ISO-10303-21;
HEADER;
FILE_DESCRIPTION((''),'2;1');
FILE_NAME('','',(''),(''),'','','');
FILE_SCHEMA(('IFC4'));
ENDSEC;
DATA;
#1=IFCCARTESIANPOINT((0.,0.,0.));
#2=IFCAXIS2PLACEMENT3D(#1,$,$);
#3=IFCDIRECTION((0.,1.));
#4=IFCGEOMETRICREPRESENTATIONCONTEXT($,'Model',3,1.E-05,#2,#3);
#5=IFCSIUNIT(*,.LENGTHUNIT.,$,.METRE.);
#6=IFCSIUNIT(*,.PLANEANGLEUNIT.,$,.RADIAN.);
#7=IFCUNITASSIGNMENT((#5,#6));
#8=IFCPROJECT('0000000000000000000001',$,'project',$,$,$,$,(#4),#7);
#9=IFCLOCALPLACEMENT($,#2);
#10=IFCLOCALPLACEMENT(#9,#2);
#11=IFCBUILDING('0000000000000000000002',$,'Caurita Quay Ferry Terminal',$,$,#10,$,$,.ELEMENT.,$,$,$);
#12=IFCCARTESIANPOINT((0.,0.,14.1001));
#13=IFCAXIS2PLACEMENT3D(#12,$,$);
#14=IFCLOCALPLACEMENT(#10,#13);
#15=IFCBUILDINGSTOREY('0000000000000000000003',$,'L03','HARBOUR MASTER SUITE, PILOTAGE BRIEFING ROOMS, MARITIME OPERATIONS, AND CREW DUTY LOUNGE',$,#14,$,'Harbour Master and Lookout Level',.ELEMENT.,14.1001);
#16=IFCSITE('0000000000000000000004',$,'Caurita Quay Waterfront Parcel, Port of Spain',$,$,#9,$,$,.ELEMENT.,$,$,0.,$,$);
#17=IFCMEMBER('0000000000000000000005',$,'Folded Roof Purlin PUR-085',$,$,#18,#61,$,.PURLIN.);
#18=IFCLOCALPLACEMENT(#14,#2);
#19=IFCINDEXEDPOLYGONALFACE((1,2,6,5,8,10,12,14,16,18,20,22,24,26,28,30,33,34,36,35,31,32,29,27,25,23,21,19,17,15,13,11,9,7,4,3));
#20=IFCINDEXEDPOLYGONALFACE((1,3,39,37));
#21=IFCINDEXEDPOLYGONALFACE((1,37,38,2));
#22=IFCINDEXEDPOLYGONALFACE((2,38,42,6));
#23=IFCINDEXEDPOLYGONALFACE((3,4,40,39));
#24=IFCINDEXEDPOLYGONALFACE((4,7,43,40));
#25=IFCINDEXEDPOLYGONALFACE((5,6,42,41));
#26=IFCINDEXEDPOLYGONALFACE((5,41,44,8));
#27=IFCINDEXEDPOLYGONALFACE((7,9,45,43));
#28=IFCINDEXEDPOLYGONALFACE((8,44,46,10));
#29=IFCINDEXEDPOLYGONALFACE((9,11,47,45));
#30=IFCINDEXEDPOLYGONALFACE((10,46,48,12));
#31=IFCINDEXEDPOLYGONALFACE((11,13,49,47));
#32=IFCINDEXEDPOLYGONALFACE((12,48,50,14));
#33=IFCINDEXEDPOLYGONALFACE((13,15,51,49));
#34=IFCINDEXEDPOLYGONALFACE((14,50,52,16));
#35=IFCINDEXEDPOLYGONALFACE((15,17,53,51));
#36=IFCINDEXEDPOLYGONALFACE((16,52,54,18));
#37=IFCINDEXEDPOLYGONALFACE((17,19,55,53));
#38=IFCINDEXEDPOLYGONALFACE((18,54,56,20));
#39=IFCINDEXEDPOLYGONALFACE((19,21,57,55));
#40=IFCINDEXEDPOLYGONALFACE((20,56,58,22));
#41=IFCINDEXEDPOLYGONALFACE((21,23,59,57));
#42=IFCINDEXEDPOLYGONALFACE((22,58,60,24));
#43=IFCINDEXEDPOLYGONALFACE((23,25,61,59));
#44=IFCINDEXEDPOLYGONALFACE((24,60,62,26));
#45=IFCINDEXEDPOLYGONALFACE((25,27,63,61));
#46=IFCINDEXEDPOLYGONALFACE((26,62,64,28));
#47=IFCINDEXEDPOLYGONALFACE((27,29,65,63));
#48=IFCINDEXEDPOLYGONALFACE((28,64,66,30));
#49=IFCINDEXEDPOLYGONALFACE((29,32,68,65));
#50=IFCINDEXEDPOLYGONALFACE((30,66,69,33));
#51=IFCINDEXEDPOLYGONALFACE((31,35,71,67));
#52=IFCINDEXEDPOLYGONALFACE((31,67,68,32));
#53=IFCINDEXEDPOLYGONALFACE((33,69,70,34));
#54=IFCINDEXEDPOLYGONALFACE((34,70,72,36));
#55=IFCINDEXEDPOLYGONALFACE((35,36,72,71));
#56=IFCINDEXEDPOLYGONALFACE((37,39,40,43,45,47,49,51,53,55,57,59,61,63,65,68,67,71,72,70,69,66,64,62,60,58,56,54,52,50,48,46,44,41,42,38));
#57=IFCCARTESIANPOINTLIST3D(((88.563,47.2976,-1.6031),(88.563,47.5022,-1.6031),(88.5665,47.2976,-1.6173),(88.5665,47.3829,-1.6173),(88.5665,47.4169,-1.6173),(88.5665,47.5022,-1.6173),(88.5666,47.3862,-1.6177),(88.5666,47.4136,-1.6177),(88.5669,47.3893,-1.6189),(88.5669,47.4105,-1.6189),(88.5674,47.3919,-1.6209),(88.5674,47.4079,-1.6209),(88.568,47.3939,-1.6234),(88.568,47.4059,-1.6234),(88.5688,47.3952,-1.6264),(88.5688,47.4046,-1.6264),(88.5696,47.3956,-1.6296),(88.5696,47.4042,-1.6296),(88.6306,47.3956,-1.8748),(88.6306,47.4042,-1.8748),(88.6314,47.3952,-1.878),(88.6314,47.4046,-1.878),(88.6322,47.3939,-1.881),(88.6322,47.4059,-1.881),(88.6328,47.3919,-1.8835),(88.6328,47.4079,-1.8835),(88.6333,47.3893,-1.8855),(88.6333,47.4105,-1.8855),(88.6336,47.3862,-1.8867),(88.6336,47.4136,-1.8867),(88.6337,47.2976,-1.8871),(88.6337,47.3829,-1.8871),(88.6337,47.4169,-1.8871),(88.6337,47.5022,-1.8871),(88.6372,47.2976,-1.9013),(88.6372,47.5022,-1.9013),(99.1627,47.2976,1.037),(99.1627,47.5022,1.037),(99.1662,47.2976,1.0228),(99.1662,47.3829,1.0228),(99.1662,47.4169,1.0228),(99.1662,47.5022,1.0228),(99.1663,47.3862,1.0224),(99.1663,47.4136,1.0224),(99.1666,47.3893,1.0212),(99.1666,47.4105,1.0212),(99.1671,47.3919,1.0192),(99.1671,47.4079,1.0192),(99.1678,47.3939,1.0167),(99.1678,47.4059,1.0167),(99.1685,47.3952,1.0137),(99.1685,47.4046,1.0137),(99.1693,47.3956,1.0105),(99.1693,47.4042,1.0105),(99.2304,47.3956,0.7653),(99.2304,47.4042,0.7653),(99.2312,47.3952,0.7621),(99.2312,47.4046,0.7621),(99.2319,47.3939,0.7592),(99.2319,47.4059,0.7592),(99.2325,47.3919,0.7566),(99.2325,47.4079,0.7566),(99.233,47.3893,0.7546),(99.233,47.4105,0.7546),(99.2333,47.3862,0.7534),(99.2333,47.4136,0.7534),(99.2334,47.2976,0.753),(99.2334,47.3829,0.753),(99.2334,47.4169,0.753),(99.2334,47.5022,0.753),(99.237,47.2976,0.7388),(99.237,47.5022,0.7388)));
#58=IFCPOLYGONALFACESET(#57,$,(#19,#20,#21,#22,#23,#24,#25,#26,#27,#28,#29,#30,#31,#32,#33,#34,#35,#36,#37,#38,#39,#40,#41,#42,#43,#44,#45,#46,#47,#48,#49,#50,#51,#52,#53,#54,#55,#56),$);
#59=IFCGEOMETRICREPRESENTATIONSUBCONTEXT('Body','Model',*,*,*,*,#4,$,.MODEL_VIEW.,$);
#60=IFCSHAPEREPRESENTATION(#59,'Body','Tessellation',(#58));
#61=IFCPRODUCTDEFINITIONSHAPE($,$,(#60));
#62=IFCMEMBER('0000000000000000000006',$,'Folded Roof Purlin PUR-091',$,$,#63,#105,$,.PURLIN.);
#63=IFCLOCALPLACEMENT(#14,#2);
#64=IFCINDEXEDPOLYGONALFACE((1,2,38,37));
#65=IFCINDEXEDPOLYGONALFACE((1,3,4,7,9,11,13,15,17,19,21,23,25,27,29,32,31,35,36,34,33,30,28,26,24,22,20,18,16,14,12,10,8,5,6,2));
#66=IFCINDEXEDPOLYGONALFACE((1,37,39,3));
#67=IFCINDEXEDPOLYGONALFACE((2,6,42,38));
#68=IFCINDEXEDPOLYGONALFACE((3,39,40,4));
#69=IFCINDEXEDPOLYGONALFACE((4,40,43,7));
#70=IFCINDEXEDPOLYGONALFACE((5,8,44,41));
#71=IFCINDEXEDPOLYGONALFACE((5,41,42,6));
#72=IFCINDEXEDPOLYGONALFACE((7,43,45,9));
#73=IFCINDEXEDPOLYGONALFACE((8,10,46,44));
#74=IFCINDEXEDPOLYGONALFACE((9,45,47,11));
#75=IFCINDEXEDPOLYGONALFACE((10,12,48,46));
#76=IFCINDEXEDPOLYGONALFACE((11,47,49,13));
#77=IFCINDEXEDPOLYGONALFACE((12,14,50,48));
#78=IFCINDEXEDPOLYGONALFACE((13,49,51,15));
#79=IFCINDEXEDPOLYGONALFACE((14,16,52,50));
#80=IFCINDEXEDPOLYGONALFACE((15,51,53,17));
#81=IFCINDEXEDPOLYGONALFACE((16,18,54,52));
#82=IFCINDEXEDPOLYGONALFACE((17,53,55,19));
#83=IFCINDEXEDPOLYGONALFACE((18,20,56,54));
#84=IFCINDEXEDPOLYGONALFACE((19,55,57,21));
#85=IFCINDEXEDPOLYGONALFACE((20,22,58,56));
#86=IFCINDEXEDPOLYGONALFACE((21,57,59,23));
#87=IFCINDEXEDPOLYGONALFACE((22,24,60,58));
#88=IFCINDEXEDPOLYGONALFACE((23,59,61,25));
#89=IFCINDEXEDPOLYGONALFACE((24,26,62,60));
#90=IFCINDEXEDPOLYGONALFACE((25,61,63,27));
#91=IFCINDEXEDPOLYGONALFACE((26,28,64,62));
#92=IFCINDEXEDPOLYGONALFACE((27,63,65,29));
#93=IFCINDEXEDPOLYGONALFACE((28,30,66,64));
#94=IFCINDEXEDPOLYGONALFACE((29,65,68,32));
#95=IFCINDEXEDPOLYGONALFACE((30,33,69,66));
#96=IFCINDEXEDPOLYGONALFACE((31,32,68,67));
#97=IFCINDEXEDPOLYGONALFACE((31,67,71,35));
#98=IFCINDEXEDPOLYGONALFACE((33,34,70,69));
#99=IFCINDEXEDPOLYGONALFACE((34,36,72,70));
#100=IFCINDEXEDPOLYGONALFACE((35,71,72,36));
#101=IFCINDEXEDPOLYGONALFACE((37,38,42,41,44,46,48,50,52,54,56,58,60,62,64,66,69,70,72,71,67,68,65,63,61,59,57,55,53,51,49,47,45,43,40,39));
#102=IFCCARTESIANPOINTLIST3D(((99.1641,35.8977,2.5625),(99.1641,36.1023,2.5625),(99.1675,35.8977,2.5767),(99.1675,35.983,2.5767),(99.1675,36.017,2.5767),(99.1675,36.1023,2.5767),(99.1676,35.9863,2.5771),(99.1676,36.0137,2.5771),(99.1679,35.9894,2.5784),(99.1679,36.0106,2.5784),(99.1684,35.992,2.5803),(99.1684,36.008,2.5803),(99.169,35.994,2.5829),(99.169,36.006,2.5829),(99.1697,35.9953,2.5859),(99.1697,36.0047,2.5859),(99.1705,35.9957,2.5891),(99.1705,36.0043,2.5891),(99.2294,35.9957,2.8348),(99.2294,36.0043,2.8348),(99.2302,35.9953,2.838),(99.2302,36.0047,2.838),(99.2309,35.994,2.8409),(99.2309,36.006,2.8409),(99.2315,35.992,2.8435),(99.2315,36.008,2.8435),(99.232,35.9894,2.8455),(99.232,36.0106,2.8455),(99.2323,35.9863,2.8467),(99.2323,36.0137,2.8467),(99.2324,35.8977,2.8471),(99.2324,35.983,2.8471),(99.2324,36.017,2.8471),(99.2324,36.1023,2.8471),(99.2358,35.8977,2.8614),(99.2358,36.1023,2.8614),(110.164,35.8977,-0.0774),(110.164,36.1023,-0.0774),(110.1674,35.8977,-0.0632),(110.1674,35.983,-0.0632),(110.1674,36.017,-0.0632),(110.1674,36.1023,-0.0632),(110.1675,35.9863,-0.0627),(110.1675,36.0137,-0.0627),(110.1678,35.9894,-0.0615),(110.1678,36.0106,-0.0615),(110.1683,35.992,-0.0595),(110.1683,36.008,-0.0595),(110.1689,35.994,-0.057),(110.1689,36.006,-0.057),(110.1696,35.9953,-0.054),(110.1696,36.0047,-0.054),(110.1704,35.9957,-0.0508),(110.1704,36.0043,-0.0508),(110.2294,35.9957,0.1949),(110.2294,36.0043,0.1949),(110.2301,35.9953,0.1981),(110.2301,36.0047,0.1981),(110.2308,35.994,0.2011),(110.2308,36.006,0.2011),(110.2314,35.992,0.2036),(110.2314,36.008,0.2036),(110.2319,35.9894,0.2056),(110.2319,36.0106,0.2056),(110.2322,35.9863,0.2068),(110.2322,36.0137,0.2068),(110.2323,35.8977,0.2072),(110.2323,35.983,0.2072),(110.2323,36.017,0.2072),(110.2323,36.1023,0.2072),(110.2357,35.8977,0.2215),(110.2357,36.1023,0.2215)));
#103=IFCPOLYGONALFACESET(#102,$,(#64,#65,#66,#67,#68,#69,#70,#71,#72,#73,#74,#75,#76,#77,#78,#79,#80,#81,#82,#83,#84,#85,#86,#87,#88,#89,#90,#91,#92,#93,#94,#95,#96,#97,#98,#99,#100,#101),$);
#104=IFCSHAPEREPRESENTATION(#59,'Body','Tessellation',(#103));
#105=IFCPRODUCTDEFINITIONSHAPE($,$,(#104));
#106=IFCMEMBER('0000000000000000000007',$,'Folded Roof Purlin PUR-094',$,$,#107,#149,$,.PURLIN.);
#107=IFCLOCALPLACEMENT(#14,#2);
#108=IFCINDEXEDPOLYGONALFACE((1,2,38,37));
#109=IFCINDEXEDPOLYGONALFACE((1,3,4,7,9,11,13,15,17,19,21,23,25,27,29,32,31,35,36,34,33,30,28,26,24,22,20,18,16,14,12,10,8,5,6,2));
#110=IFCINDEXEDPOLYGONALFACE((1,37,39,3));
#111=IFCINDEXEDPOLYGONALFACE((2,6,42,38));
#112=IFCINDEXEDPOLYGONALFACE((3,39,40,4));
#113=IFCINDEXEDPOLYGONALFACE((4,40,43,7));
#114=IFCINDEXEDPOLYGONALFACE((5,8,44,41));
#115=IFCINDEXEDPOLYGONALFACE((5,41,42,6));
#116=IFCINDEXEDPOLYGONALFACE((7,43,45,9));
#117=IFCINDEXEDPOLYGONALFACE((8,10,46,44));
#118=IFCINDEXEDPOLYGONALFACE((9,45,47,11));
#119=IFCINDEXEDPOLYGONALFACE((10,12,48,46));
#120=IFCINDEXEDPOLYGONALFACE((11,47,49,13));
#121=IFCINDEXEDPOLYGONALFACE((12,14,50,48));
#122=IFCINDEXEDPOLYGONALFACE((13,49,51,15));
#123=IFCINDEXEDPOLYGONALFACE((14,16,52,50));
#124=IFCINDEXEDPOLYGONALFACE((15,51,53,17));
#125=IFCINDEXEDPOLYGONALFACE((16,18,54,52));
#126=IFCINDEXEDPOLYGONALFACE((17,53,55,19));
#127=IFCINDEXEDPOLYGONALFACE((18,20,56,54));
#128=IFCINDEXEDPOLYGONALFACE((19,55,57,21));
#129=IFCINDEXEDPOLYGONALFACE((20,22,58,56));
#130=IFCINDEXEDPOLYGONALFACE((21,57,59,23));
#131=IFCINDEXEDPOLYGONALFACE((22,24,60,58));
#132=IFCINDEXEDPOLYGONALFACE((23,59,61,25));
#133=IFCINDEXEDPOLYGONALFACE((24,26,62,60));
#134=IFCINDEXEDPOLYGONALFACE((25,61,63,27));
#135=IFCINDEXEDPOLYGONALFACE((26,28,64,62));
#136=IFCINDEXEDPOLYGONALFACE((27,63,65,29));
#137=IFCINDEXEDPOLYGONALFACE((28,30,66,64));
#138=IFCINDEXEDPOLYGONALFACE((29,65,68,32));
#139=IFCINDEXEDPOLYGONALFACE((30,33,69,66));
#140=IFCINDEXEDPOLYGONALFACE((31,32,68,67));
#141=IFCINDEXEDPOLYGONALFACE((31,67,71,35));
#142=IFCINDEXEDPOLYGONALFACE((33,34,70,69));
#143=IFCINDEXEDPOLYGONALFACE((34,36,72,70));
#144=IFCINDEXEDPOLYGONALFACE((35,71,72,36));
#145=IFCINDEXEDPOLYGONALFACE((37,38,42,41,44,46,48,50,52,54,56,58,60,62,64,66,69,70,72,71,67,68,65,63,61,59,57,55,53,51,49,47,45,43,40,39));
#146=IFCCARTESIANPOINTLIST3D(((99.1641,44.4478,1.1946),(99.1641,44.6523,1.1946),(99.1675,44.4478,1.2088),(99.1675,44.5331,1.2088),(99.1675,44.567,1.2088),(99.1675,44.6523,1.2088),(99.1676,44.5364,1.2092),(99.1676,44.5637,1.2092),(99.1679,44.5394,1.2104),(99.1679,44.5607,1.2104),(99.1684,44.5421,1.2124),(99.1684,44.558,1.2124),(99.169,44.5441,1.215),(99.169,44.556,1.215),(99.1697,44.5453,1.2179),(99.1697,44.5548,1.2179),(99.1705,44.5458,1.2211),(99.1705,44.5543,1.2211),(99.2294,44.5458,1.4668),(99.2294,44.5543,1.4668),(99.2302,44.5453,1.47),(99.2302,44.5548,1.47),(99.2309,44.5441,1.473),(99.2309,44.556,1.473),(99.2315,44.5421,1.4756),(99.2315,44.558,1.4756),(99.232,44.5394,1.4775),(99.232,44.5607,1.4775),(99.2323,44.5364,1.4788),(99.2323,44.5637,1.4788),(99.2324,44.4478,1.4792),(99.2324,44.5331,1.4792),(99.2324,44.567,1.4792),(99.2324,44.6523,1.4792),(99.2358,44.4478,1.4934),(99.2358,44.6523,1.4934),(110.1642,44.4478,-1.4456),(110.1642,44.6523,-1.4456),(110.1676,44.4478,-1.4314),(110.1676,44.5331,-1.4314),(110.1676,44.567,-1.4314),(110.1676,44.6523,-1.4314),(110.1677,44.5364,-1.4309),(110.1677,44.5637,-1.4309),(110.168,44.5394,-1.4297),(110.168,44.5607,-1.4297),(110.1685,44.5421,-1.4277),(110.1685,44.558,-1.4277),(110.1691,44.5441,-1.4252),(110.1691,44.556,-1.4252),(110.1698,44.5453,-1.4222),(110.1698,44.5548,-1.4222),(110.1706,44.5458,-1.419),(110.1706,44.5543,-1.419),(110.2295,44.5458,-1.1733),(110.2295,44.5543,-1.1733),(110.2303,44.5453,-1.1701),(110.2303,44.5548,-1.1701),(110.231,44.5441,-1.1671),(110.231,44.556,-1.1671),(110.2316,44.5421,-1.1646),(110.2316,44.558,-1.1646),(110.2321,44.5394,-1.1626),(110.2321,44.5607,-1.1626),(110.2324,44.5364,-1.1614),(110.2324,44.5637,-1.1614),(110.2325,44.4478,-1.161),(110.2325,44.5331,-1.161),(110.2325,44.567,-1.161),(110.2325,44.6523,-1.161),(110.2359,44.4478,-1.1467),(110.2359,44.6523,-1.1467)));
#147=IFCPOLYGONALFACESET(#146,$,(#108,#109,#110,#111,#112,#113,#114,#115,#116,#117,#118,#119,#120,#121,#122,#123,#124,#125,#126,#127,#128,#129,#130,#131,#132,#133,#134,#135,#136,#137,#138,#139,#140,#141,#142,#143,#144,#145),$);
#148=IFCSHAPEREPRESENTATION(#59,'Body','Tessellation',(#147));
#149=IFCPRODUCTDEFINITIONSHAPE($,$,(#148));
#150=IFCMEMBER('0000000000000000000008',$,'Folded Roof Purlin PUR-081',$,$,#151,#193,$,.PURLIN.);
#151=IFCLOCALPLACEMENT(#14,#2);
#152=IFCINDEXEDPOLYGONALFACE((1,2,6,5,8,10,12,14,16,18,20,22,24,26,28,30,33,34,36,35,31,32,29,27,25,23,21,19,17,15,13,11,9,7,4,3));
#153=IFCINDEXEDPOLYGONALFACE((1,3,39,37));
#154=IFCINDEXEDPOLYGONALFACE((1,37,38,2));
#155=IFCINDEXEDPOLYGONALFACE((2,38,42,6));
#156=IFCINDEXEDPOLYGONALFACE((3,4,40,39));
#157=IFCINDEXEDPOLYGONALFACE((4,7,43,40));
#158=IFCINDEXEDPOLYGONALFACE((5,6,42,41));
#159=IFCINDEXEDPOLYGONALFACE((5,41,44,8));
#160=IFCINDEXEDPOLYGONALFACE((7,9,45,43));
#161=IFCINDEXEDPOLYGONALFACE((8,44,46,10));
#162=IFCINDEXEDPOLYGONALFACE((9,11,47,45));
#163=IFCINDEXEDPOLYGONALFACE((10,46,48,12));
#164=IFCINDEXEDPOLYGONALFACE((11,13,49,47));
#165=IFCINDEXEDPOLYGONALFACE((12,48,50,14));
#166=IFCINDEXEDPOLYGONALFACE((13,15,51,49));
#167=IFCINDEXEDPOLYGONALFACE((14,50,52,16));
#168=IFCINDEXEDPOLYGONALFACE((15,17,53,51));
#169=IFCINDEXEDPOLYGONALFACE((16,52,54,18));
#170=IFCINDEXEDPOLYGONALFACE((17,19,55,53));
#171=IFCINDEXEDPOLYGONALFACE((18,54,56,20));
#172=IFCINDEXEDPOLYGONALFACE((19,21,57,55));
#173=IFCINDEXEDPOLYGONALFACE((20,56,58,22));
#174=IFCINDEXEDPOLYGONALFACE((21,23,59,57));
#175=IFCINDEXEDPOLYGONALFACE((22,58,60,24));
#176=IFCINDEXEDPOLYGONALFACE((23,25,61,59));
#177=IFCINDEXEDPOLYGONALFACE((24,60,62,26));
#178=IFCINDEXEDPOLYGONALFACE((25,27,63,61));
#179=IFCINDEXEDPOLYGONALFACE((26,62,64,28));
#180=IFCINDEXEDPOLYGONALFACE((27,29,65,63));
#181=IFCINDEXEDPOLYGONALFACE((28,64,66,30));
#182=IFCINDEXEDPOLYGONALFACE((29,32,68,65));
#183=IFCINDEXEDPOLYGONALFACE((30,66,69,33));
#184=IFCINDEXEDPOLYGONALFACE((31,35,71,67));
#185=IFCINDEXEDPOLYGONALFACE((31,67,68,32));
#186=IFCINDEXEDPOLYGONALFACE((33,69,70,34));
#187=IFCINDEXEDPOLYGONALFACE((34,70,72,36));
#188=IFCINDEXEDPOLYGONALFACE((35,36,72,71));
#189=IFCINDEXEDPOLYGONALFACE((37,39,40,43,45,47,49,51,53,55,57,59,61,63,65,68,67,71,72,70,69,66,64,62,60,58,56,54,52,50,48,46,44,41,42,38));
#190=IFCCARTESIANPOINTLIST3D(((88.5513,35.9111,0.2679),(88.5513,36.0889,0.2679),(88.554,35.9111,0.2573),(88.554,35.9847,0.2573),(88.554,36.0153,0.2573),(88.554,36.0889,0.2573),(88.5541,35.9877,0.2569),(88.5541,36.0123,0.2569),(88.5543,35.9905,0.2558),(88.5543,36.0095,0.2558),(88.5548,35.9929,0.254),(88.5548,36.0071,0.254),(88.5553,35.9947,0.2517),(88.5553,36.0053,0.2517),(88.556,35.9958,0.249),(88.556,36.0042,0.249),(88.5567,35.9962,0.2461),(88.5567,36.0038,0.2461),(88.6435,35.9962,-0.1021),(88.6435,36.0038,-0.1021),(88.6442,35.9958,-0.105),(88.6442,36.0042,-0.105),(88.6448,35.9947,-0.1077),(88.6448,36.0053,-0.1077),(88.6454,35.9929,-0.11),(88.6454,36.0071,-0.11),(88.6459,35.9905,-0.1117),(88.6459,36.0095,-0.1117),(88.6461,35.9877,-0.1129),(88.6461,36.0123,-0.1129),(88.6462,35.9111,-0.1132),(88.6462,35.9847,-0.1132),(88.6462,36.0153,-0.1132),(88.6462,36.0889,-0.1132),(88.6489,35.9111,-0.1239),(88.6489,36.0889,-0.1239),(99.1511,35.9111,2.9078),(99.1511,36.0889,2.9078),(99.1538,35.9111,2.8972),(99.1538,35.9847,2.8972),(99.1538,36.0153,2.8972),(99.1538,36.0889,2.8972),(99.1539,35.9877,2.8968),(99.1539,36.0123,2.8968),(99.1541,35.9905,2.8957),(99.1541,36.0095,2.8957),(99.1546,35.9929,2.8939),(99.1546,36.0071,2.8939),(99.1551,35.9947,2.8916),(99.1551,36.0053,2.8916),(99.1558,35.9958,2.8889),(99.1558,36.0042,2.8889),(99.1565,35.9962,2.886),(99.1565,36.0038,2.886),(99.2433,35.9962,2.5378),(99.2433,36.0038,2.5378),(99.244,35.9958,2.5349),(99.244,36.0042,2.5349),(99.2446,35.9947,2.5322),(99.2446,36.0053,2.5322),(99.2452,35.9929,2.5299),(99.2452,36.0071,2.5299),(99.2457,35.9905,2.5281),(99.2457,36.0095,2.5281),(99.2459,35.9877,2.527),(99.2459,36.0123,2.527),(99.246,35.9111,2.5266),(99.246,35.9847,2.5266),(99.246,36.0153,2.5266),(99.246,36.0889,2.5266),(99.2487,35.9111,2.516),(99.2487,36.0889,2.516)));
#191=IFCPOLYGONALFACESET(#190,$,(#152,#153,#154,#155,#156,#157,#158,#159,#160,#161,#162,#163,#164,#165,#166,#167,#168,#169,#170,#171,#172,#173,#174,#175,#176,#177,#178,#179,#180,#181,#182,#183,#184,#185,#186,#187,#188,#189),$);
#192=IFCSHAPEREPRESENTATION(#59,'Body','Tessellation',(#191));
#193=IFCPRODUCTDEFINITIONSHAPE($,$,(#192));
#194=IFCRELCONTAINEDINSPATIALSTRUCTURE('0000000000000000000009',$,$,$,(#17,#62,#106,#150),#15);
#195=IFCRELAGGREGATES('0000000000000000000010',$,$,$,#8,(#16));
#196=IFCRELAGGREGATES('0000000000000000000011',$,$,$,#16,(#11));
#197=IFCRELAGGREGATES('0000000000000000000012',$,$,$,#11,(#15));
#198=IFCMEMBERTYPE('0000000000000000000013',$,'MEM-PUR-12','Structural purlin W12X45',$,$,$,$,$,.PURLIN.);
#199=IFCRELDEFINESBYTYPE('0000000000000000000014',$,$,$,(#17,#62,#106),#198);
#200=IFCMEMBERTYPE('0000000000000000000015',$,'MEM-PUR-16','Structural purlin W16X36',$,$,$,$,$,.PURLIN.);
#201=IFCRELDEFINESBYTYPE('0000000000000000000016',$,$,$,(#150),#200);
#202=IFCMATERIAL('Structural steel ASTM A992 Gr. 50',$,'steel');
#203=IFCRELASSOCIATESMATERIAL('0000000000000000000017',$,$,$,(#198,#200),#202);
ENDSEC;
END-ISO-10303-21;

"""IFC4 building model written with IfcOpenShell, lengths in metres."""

from ifc_helpers import new_model, si_unit, direction, frame, origin, origin_2d, place, context, subcontext, project, spatial, i_section, extrude, material, material_profile, profile_set, type_object, element, save


model = new_model("IFC4")

# Units and contexts
model_context = context("Model", 3, precision=1e-05, world=origin(), true_north=direction((0.0, 1.0)))
body_context = subcontext(model_context, "Body", "Model", "MODEL_VIEW")
ifc_project = project(units=[si_unit("LENGTHUNIT", "METRE"), si_unit("PLANEANGLEUNIT", "RADIAN")], contexts=[model_context])

# Site, building, storey
site_placement = place(None, origin())
site = spatial("IfcSite", under=ifc_project, at=site_placement, Name="Caurita Quay Waterfront Parcel, Port of Spain", CompositionType="ELEMENT", RefElevation=0.0)
building_placement = place(site_placement, origin())
building = spatial("IfcBuilding", under=site, at=building_placement, Name="Caurita Quay Ferry Terminal", CompositionType="ELEMENT")
storey_placement = place(building_placement, frame((0.0, 0.0, 14.1001)))
storey = spatial("IfcBuildingStorey", under=building, at=storey_placement, Name="L03", Description="HARBOUR MASTER SUITE, PILOTAGE BRIEFING ROOMS, MARITIME OPERATIONS, AND CREW DUTY LOUNGE", LongName="Harbour Master and Lookout Level", CompositionType="ELEMENT", Elevation=14.1001)

# Shared definitions
ifc_material_1 = material(Name="Structural steel ASTM A992 Gr. 50", Category="steel")

# Members
ifc_material_profile_1 = material_profile(ifc_material_1, i_section(OverallWidth=0.2046, OverallDepth=0.3074, WebThickness=0.0085, FlangeThickness=0.0146, FilletRadius=0.0127, at=origin_2d()), Name="W12X45")
ifc_profile_set_1 = profile_set([ifc_material_profile_1], Name="Structural steel ASTM A992 Gr. 50")
member_type_1 = type_object("IfcMemberType", Name="MEM-PUR-12", Description="Structural purlin W12X45", PredefinedType="PURLIN", material=ifc_profile_set_1)
for number, where, z_axis, x_axis, name in (
    (1, (88.6001, 47.3999, -1.7522), (0.970354, 0.0, 0.241689), (0.0, 1.0, 0.0), "Folded Roof Purlin PUR-085"),
):
    element("IfcMember", number, at=place(storey_placement, frame(where, z_axis=z_axis, x_axis=x_axis)), inside=storey, type_object=member_type_1, Name=name, PredefinedType="PURLIN", context=body_context, shape_type="SweptSolid", body=[
        extrude(i_section(OverallWidth=0.2046, OverallDepth=0.3074, WebThickness=0.0085, FlangeThickness=0.0146, FilletRadius=0.0127, at=origin_2d()), origin(), (0.0, 0.0, 1.0), 10.9236),
    ])
member_1_placement = place(storey_placement, frame((99.2, 36.0, 2.7119), z_axis=(0.972389, 0.0, -0.233364), x_axis=(0.0, 1.0, 0.0)))
element("IfcMember", 2, at=member_1_placement, inside=storey, type_object=member_type_1, Name="Folded Roof Purlin PUR-091", PredefinedType="PURLIN", context=body_context, shape_type="SweptSolid", body=[
    extrude(i_section(OverallWidth=0.2046, OverallDepth=0.3074, WebThickness=0.0085, FlangeThickness=0.0146, FilletRadius=0.0127, at=origin_2d()), origin(), (0.0, 0.0, 1.0), 11.3123),
])
member_2_placement = place(storey_placement, frame((99.2, 44.55, 1.344), z_axis=(0.972385, 0.0, -0.233384), x_axis=(0.0, 1.0, 0.0)))
element("IfcMember", 3, at=member_2_placement, inside=storey, type_object=member_type_1, Name="Folded Roof Purlin PUR-094", PredefinedType="PURLIN", context=body_context, shape_type="SweptSolid", body=[
    extrude(i_section(OverallWidth=0.2046, OverallDepth=0.3074, WebThickness=0.0085, FlangeThickness=0.0146, FilletRadius=0.0127, at=origin_2d()), origin(), (0.0, 0.0, 1.0), 11.3125),
])
ifc_material_profile_2 = material_profile(ifc_material_1, i_section(OverallWidth=0.1777, OverallDepth=0.4038, WebThickness=0.0076, FlangeThickness=0.011, FilletRadius=0.0115, at=origin_2d()), Name="W16X36")
ifc_profile_set_2 = profile_set([ifc_material_profile_2], Name="Structural steel ASTM A992 Gr. 50")
member_type_2 = type_object("IfcMemberType", Name="MEM-PUR-16", Description="Structural purlin W16X36", PredefinedType="PURLIN", material=ifc_profile_set_2)
for number, where, z_axis, x_axis, name in (
    (4, (88.6001, 36.0, 0.072), (0.970359, 0.0, 0.241668), (0.0, 1.0, 0.0), "Folded Roof Purlin PUR-081"),
):
    element("IfcMember", number, at=place(storey_placement, frame(where, z_axis=z_axis, x_axis=x_axis)), inside=storey, type_object=member_type_2, Name=name, PredefinedType="PURLIN", context=body_context, shape_type="SweptSolid", body=[
        extrude(i_section(OverallWidth=0.1777, OverallDepth=0.4038, WebThickness=0.0076, FlangeThickness=0.011, FilletRadius=0.0115, at=origin_2d()), origin(), (0.0, 0.0, 1.0), 10.9236),
    ])

save(model, "model.ifc")
